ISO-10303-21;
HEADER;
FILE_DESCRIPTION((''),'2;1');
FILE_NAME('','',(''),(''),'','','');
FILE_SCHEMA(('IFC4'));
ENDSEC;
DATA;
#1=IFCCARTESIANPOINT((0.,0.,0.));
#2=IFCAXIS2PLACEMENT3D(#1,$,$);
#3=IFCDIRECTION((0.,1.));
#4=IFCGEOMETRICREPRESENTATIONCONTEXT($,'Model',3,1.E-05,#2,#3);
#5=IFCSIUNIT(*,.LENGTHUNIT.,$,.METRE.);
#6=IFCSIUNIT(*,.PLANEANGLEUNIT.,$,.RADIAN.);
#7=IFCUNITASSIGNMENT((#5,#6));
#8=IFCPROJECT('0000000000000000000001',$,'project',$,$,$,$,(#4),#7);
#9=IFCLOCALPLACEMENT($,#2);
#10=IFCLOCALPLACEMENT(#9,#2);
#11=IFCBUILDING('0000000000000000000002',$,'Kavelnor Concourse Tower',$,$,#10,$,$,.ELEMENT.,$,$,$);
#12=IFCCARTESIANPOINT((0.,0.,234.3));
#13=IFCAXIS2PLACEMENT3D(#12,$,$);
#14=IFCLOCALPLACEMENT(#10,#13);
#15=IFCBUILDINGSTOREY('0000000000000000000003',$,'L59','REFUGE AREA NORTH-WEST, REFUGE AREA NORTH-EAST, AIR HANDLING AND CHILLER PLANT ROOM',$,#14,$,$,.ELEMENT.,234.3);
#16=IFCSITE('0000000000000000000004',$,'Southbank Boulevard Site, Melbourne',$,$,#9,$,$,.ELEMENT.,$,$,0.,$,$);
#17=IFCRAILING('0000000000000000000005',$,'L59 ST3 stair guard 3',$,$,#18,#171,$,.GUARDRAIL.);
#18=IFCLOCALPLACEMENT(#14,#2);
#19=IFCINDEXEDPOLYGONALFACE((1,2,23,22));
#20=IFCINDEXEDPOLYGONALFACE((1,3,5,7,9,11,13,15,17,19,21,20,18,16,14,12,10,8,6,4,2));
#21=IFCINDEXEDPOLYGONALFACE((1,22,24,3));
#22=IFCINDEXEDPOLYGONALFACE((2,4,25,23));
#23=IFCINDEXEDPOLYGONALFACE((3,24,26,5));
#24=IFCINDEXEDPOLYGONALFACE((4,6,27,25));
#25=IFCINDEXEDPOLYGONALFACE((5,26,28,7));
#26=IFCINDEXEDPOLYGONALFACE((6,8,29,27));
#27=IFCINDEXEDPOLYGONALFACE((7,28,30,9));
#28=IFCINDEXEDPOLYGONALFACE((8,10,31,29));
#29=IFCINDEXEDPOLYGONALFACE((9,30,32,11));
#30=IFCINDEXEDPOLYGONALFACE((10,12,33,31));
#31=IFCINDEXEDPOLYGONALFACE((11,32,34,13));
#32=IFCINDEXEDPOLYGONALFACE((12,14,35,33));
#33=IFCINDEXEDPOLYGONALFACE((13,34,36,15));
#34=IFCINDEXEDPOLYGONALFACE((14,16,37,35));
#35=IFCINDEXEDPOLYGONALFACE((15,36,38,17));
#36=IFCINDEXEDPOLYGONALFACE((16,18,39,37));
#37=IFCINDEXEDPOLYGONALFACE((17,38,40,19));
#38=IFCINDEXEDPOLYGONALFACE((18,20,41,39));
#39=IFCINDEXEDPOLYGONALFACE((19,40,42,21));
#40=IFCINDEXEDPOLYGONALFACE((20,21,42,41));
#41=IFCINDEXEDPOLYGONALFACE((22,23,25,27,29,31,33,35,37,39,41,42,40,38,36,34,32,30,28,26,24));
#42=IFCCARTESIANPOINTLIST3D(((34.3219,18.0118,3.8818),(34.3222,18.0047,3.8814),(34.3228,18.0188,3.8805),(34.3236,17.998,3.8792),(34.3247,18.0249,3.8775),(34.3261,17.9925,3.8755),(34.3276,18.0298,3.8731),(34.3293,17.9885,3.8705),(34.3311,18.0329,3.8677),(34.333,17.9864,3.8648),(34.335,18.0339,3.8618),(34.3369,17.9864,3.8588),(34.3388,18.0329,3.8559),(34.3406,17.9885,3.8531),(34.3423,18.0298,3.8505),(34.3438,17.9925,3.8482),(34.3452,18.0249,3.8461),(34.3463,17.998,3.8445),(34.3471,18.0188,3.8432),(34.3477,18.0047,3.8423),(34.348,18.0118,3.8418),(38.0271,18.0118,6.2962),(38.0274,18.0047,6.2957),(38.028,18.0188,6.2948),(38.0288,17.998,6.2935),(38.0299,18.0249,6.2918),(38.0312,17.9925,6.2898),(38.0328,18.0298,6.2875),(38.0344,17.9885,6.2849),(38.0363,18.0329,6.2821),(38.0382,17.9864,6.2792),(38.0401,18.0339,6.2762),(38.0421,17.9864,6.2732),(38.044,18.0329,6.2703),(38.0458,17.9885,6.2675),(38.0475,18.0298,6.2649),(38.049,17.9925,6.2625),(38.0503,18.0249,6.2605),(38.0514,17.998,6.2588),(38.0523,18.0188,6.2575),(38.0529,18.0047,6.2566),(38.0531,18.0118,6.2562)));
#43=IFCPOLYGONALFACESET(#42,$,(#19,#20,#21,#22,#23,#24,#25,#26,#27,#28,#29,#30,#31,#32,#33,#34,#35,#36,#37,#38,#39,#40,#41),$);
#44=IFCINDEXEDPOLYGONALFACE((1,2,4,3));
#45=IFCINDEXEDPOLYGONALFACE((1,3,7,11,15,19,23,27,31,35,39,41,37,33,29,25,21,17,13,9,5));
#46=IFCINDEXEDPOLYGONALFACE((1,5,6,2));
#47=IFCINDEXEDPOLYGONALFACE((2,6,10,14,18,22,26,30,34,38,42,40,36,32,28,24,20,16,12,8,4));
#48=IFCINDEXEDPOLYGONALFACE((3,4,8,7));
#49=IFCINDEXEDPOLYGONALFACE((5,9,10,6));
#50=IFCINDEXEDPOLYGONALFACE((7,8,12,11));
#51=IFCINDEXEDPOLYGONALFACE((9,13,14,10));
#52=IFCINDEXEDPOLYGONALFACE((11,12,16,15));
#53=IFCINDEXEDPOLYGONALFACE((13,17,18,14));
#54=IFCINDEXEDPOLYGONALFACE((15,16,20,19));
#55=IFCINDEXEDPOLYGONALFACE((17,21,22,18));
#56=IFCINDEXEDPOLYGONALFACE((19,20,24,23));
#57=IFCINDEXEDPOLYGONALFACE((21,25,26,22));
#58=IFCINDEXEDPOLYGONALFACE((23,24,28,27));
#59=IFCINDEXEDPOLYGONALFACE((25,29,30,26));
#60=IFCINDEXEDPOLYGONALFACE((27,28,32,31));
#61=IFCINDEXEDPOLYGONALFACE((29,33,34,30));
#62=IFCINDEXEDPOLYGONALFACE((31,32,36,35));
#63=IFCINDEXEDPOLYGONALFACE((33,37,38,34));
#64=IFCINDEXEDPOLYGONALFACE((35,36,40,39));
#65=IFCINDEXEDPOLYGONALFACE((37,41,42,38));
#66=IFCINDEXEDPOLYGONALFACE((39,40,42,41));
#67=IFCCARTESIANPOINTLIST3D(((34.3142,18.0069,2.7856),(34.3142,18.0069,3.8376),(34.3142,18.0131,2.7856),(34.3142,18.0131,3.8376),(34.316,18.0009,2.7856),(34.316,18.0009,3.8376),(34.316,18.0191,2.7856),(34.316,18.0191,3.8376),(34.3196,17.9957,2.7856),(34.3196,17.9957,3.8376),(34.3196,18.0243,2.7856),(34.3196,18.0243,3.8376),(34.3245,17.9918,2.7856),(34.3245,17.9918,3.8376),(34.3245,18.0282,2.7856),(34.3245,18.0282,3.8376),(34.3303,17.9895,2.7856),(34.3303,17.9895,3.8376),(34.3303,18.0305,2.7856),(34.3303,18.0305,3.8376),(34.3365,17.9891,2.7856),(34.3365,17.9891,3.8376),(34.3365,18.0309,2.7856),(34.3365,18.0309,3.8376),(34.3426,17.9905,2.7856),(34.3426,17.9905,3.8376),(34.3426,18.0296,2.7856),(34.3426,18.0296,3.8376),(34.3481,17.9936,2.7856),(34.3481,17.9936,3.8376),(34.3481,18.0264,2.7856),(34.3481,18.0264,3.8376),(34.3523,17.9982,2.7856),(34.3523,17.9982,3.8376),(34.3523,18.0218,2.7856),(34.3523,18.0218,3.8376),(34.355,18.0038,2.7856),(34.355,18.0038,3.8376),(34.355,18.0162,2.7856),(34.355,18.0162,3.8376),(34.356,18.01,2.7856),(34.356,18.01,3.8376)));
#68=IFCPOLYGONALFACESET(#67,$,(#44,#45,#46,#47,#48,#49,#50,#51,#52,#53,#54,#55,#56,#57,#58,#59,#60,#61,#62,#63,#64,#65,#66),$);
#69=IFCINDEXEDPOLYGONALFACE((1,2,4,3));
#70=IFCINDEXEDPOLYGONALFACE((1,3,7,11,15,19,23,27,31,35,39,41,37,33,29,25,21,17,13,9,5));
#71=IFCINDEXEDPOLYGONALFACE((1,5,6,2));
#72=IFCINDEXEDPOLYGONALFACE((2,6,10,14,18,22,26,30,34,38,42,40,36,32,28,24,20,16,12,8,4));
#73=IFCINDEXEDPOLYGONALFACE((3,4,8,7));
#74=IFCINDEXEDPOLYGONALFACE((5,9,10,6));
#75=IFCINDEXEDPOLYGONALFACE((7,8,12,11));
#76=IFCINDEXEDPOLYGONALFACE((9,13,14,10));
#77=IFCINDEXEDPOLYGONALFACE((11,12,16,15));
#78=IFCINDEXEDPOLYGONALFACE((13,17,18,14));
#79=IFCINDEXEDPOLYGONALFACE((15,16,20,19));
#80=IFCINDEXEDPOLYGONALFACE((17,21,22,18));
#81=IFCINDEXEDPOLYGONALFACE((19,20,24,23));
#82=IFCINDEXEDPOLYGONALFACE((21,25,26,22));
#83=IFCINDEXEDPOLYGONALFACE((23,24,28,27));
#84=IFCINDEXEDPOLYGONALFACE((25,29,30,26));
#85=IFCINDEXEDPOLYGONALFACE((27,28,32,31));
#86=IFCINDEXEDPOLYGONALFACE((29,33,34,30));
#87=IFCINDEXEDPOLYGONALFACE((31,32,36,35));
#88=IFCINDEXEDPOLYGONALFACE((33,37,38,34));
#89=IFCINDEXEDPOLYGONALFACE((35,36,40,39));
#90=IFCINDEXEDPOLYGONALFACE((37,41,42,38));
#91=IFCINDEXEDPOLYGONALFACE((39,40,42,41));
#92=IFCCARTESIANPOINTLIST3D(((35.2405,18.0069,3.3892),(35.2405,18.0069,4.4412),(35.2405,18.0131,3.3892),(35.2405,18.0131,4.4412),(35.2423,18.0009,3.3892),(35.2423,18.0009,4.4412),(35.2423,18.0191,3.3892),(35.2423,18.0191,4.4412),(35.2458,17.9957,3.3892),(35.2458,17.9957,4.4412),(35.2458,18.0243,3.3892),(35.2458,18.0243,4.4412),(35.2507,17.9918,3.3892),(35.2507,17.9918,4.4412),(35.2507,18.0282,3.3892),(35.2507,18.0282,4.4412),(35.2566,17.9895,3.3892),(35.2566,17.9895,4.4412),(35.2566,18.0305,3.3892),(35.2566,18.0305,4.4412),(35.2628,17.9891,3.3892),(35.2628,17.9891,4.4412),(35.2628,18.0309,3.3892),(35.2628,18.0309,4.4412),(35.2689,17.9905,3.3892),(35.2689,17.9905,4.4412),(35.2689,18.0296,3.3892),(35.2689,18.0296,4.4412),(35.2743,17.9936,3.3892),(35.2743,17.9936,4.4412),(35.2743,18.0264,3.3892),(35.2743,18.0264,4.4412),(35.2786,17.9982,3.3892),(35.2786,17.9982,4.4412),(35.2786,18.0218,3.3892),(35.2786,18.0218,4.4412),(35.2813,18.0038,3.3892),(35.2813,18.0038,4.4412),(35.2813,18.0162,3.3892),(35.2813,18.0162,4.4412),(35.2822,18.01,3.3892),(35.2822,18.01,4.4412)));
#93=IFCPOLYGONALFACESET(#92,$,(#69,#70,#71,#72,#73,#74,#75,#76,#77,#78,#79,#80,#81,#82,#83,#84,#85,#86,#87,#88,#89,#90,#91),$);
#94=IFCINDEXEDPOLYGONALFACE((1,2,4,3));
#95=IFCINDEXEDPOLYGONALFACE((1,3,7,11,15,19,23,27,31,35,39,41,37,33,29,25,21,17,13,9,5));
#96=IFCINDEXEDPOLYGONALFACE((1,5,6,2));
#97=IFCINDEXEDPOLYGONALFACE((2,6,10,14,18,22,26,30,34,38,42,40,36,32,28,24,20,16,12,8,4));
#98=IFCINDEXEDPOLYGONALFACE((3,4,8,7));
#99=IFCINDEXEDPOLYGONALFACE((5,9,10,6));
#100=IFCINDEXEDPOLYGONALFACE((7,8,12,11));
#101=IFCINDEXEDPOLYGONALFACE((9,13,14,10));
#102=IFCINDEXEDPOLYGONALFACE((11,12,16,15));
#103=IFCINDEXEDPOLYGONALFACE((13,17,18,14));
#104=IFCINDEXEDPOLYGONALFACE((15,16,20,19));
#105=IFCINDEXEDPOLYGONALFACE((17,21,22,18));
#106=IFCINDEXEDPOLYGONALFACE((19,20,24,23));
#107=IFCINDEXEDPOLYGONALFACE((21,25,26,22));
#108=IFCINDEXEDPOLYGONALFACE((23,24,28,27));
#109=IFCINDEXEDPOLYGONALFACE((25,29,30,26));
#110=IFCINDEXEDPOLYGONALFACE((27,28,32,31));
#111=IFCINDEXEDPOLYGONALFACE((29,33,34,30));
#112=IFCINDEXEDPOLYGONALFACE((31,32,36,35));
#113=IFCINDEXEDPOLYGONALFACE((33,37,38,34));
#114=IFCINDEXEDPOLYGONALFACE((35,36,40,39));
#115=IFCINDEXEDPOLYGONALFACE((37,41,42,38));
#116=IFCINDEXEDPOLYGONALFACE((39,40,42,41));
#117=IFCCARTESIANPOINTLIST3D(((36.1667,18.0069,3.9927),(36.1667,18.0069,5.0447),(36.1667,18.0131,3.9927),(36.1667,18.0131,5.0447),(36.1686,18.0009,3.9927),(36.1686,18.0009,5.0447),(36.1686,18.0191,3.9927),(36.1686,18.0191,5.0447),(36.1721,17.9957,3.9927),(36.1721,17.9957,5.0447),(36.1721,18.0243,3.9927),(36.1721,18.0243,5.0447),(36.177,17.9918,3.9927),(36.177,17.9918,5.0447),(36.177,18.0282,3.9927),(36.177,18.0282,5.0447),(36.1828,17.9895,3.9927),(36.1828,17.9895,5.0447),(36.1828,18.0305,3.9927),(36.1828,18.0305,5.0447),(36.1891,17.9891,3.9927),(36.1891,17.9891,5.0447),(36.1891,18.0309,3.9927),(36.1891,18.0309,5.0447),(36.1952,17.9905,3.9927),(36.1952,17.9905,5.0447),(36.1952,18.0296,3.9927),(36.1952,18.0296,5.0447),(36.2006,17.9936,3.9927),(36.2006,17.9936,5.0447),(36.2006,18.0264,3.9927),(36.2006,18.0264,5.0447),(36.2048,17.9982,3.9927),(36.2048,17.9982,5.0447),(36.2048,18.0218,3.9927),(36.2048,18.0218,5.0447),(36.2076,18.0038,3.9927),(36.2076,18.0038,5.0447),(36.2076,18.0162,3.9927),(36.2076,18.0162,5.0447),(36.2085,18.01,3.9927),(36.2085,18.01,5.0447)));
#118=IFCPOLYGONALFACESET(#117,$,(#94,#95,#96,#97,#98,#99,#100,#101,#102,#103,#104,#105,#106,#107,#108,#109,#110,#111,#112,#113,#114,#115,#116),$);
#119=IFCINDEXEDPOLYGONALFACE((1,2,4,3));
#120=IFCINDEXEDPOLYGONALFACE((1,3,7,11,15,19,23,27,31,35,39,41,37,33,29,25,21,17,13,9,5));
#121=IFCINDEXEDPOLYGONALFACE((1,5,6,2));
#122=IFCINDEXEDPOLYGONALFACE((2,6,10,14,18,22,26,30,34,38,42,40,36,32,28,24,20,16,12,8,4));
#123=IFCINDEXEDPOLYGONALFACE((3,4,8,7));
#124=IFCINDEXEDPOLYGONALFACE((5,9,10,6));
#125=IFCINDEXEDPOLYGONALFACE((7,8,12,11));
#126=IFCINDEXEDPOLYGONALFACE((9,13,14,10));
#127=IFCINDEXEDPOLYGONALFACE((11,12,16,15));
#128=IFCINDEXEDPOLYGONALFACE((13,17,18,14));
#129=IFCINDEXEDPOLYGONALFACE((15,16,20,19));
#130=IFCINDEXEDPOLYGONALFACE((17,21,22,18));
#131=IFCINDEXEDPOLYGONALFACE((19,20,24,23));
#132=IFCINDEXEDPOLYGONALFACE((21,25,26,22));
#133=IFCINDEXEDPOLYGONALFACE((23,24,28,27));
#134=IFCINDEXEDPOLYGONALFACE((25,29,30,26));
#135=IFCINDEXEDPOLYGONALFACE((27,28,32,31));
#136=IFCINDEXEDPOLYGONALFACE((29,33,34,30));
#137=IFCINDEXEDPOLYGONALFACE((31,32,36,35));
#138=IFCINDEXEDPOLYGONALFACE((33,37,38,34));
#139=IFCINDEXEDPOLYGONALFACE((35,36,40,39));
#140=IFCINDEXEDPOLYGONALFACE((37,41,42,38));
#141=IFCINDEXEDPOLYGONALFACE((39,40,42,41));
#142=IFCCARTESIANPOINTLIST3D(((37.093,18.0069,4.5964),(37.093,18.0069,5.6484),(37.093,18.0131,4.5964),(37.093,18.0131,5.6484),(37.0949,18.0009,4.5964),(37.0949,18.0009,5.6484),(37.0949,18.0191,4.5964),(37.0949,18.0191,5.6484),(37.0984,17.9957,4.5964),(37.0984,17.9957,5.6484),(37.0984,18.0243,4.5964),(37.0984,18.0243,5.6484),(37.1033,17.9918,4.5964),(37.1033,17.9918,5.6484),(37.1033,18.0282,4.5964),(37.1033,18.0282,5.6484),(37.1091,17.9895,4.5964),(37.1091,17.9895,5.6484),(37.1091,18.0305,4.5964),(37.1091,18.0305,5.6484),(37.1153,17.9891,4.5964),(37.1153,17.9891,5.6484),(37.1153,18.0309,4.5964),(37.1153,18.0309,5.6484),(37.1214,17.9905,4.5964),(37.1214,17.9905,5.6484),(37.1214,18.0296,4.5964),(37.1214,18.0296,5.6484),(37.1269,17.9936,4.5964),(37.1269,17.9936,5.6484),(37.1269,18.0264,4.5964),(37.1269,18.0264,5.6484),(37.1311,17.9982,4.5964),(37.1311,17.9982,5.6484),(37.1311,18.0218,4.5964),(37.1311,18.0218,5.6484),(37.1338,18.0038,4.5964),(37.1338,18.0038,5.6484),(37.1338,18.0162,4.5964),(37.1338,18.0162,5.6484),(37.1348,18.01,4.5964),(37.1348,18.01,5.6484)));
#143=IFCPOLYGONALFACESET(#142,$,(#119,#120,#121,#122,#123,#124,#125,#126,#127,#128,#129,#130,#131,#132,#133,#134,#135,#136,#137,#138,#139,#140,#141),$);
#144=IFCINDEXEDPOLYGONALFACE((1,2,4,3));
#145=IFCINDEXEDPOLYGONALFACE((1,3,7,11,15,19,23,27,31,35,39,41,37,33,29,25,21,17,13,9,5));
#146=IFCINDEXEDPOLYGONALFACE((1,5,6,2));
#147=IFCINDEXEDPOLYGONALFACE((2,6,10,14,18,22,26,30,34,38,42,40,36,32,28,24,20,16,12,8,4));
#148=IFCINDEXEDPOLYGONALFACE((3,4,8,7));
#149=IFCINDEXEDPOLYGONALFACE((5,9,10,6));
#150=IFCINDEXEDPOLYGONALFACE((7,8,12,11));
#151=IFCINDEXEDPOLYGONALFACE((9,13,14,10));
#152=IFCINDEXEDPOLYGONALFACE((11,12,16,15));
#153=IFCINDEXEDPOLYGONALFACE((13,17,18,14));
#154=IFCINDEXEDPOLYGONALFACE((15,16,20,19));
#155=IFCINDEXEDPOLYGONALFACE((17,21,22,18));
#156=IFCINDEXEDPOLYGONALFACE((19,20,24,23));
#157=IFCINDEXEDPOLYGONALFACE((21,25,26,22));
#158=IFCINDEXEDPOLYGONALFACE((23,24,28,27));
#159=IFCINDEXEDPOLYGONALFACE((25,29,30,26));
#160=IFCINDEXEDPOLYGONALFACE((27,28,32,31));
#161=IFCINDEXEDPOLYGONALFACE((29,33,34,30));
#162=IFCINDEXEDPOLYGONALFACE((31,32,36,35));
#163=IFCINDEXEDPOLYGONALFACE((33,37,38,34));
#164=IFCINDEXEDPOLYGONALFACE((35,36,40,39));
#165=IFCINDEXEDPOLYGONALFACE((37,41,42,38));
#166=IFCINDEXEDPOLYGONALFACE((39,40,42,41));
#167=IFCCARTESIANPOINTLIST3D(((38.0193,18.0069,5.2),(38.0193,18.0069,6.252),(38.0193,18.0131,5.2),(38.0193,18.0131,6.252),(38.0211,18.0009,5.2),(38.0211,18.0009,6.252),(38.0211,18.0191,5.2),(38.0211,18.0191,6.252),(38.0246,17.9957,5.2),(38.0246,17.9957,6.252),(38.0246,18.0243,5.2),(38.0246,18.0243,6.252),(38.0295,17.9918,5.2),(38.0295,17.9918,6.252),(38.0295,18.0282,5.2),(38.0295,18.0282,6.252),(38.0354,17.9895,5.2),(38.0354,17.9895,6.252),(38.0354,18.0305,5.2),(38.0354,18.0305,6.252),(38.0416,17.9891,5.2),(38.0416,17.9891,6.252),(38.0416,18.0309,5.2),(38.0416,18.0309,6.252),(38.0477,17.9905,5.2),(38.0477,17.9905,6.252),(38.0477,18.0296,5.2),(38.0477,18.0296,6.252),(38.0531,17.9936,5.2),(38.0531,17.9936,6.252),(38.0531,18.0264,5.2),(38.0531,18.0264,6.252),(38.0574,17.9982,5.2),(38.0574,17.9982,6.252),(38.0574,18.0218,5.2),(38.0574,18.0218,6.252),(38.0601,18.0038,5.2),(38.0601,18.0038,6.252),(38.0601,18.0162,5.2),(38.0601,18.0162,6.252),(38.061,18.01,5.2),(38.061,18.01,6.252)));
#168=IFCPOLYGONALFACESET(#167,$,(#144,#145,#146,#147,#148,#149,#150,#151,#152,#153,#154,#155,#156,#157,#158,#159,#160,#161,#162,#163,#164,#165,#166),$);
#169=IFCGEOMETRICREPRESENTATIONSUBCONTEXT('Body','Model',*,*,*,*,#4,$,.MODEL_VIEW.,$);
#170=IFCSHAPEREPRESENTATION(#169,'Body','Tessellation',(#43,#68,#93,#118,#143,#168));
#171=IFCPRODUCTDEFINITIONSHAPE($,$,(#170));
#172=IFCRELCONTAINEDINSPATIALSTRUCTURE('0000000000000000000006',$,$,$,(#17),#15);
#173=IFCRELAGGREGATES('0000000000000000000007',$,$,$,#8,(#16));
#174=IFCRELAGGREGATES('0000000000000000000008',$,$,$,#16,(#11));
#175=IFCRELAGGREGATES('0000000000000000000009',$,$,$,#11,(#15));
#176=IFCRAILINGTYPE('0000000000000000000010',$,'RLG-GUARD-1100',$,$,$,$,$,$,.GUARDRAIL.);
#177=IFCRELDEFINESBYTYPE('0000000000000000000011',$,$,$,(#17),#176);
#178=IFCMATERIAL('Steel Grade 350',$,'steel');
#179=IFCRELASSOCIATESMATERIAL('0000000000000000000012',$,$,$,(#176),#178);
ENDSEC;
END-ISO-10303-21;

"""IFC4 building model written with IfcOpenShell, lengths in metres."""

from ifc_helpers import new_model, si_unit, direction, frame, origin, origin_2d, place, context, subcontext, project, spatial, circle, extrude, material, type_object, element, save


model = new_model("IFC4")

# Units and contexts
model_context = context("Model", 3, precision=1e-05, world=origin(), true_north=direction((0.0, 1.0)))
body_context = subcontext(model_context, "Body", "Model", "MODEL_VIEW")
ifc_project = project(units=[si_unit("LENGTHUNIT", "METRE"), si_unit("PLANEANGLEUNIT", "RADIAN")], contexts=[model_context])

# Site, building, storey
site_placement = place(None, origin())
site = spatial("IfcSite", under=ifc_project, at=site_placement, Name="Southbank Boulevard Site, Melbourne", CompositionType="ELEMENT", RefElevation=0.0)
building_placement = place(site_placement, origin())
building = spatial("IfcBuilding", under=site, at=building_placement, Name="Kavelnor Concourse Tower", CompositionType="ELEMENT")
storey_placement = place(building_placement, frame((0.0, 0.0, 234.3)))
storey = spatial("IfcBuildingStorey", under=building, at=storey_placement, Name="L59", Description="REFUGE AREA NORTH-WEST, REFUGE AREA NORTH-EAST, AIR HANDLING AND CHILLER PLANT ROOM", CompositionType="ELEMENT", Elevation=234.3)

# Shared definitions
ifc_material_1 = material(Name="Steel Grade 350", Category="steel")

# Railing
railing_type_1 = type_object("IfcRailingType", Name="RLG-GUARD-1100", PredefinedType="GUARDRAIL", material=ifc_material_1)
railing_1_placement = place(storey_placement, frame((34.335, 18.01, 2.7856)))
element("IfcRailing", 1, at=railing_1_placement, inside=storey, type_object=railing_type_1, Name="L59 ST3 stair guard 3", PredefinedType="GUARDRAIL", context=body_context, shape_type="SweptSolid", body=[
    extrude(circle(Radius=0.0239, at=origin_2d()), frame((0.0, 0.0, 1.0762), z_axis=(0.837823, 0.0, 0.545943), x_axis=(0.0, 1.0, 0.0)), (0.0, 0.0, 1.0), 4.4224),
    extrude(circle(Radius=0.021, at=origin_2d()), origin(), (0.0, 0.0, 1.0), 1.052),
    extrude(circle(Radius=0.021, at=origin_2d()), frame((0.9263, 0.0, 0.6035)), (0.0, 0.0, 1.0), 1.052),
    extrude(circle(Radius=0.021, at=origin_2d()), frame((1.8525, 0.0, 1.207)), (0.0, 0.0, 1.0), 1.052),
    extrude(circle(Radius=0.021, at=origin_2d()), frame((2.7788, 0.0, 1.8108)), (0.0, 0.0, 1.0), 1.052),
    extrude(circle(Radius=0.021, at=origin_2d()), frame((3.7051, 0.0, 2.4143)), (0.0, 0.0, 1.0), 1.052),
])

save(model, "model.ifc")
